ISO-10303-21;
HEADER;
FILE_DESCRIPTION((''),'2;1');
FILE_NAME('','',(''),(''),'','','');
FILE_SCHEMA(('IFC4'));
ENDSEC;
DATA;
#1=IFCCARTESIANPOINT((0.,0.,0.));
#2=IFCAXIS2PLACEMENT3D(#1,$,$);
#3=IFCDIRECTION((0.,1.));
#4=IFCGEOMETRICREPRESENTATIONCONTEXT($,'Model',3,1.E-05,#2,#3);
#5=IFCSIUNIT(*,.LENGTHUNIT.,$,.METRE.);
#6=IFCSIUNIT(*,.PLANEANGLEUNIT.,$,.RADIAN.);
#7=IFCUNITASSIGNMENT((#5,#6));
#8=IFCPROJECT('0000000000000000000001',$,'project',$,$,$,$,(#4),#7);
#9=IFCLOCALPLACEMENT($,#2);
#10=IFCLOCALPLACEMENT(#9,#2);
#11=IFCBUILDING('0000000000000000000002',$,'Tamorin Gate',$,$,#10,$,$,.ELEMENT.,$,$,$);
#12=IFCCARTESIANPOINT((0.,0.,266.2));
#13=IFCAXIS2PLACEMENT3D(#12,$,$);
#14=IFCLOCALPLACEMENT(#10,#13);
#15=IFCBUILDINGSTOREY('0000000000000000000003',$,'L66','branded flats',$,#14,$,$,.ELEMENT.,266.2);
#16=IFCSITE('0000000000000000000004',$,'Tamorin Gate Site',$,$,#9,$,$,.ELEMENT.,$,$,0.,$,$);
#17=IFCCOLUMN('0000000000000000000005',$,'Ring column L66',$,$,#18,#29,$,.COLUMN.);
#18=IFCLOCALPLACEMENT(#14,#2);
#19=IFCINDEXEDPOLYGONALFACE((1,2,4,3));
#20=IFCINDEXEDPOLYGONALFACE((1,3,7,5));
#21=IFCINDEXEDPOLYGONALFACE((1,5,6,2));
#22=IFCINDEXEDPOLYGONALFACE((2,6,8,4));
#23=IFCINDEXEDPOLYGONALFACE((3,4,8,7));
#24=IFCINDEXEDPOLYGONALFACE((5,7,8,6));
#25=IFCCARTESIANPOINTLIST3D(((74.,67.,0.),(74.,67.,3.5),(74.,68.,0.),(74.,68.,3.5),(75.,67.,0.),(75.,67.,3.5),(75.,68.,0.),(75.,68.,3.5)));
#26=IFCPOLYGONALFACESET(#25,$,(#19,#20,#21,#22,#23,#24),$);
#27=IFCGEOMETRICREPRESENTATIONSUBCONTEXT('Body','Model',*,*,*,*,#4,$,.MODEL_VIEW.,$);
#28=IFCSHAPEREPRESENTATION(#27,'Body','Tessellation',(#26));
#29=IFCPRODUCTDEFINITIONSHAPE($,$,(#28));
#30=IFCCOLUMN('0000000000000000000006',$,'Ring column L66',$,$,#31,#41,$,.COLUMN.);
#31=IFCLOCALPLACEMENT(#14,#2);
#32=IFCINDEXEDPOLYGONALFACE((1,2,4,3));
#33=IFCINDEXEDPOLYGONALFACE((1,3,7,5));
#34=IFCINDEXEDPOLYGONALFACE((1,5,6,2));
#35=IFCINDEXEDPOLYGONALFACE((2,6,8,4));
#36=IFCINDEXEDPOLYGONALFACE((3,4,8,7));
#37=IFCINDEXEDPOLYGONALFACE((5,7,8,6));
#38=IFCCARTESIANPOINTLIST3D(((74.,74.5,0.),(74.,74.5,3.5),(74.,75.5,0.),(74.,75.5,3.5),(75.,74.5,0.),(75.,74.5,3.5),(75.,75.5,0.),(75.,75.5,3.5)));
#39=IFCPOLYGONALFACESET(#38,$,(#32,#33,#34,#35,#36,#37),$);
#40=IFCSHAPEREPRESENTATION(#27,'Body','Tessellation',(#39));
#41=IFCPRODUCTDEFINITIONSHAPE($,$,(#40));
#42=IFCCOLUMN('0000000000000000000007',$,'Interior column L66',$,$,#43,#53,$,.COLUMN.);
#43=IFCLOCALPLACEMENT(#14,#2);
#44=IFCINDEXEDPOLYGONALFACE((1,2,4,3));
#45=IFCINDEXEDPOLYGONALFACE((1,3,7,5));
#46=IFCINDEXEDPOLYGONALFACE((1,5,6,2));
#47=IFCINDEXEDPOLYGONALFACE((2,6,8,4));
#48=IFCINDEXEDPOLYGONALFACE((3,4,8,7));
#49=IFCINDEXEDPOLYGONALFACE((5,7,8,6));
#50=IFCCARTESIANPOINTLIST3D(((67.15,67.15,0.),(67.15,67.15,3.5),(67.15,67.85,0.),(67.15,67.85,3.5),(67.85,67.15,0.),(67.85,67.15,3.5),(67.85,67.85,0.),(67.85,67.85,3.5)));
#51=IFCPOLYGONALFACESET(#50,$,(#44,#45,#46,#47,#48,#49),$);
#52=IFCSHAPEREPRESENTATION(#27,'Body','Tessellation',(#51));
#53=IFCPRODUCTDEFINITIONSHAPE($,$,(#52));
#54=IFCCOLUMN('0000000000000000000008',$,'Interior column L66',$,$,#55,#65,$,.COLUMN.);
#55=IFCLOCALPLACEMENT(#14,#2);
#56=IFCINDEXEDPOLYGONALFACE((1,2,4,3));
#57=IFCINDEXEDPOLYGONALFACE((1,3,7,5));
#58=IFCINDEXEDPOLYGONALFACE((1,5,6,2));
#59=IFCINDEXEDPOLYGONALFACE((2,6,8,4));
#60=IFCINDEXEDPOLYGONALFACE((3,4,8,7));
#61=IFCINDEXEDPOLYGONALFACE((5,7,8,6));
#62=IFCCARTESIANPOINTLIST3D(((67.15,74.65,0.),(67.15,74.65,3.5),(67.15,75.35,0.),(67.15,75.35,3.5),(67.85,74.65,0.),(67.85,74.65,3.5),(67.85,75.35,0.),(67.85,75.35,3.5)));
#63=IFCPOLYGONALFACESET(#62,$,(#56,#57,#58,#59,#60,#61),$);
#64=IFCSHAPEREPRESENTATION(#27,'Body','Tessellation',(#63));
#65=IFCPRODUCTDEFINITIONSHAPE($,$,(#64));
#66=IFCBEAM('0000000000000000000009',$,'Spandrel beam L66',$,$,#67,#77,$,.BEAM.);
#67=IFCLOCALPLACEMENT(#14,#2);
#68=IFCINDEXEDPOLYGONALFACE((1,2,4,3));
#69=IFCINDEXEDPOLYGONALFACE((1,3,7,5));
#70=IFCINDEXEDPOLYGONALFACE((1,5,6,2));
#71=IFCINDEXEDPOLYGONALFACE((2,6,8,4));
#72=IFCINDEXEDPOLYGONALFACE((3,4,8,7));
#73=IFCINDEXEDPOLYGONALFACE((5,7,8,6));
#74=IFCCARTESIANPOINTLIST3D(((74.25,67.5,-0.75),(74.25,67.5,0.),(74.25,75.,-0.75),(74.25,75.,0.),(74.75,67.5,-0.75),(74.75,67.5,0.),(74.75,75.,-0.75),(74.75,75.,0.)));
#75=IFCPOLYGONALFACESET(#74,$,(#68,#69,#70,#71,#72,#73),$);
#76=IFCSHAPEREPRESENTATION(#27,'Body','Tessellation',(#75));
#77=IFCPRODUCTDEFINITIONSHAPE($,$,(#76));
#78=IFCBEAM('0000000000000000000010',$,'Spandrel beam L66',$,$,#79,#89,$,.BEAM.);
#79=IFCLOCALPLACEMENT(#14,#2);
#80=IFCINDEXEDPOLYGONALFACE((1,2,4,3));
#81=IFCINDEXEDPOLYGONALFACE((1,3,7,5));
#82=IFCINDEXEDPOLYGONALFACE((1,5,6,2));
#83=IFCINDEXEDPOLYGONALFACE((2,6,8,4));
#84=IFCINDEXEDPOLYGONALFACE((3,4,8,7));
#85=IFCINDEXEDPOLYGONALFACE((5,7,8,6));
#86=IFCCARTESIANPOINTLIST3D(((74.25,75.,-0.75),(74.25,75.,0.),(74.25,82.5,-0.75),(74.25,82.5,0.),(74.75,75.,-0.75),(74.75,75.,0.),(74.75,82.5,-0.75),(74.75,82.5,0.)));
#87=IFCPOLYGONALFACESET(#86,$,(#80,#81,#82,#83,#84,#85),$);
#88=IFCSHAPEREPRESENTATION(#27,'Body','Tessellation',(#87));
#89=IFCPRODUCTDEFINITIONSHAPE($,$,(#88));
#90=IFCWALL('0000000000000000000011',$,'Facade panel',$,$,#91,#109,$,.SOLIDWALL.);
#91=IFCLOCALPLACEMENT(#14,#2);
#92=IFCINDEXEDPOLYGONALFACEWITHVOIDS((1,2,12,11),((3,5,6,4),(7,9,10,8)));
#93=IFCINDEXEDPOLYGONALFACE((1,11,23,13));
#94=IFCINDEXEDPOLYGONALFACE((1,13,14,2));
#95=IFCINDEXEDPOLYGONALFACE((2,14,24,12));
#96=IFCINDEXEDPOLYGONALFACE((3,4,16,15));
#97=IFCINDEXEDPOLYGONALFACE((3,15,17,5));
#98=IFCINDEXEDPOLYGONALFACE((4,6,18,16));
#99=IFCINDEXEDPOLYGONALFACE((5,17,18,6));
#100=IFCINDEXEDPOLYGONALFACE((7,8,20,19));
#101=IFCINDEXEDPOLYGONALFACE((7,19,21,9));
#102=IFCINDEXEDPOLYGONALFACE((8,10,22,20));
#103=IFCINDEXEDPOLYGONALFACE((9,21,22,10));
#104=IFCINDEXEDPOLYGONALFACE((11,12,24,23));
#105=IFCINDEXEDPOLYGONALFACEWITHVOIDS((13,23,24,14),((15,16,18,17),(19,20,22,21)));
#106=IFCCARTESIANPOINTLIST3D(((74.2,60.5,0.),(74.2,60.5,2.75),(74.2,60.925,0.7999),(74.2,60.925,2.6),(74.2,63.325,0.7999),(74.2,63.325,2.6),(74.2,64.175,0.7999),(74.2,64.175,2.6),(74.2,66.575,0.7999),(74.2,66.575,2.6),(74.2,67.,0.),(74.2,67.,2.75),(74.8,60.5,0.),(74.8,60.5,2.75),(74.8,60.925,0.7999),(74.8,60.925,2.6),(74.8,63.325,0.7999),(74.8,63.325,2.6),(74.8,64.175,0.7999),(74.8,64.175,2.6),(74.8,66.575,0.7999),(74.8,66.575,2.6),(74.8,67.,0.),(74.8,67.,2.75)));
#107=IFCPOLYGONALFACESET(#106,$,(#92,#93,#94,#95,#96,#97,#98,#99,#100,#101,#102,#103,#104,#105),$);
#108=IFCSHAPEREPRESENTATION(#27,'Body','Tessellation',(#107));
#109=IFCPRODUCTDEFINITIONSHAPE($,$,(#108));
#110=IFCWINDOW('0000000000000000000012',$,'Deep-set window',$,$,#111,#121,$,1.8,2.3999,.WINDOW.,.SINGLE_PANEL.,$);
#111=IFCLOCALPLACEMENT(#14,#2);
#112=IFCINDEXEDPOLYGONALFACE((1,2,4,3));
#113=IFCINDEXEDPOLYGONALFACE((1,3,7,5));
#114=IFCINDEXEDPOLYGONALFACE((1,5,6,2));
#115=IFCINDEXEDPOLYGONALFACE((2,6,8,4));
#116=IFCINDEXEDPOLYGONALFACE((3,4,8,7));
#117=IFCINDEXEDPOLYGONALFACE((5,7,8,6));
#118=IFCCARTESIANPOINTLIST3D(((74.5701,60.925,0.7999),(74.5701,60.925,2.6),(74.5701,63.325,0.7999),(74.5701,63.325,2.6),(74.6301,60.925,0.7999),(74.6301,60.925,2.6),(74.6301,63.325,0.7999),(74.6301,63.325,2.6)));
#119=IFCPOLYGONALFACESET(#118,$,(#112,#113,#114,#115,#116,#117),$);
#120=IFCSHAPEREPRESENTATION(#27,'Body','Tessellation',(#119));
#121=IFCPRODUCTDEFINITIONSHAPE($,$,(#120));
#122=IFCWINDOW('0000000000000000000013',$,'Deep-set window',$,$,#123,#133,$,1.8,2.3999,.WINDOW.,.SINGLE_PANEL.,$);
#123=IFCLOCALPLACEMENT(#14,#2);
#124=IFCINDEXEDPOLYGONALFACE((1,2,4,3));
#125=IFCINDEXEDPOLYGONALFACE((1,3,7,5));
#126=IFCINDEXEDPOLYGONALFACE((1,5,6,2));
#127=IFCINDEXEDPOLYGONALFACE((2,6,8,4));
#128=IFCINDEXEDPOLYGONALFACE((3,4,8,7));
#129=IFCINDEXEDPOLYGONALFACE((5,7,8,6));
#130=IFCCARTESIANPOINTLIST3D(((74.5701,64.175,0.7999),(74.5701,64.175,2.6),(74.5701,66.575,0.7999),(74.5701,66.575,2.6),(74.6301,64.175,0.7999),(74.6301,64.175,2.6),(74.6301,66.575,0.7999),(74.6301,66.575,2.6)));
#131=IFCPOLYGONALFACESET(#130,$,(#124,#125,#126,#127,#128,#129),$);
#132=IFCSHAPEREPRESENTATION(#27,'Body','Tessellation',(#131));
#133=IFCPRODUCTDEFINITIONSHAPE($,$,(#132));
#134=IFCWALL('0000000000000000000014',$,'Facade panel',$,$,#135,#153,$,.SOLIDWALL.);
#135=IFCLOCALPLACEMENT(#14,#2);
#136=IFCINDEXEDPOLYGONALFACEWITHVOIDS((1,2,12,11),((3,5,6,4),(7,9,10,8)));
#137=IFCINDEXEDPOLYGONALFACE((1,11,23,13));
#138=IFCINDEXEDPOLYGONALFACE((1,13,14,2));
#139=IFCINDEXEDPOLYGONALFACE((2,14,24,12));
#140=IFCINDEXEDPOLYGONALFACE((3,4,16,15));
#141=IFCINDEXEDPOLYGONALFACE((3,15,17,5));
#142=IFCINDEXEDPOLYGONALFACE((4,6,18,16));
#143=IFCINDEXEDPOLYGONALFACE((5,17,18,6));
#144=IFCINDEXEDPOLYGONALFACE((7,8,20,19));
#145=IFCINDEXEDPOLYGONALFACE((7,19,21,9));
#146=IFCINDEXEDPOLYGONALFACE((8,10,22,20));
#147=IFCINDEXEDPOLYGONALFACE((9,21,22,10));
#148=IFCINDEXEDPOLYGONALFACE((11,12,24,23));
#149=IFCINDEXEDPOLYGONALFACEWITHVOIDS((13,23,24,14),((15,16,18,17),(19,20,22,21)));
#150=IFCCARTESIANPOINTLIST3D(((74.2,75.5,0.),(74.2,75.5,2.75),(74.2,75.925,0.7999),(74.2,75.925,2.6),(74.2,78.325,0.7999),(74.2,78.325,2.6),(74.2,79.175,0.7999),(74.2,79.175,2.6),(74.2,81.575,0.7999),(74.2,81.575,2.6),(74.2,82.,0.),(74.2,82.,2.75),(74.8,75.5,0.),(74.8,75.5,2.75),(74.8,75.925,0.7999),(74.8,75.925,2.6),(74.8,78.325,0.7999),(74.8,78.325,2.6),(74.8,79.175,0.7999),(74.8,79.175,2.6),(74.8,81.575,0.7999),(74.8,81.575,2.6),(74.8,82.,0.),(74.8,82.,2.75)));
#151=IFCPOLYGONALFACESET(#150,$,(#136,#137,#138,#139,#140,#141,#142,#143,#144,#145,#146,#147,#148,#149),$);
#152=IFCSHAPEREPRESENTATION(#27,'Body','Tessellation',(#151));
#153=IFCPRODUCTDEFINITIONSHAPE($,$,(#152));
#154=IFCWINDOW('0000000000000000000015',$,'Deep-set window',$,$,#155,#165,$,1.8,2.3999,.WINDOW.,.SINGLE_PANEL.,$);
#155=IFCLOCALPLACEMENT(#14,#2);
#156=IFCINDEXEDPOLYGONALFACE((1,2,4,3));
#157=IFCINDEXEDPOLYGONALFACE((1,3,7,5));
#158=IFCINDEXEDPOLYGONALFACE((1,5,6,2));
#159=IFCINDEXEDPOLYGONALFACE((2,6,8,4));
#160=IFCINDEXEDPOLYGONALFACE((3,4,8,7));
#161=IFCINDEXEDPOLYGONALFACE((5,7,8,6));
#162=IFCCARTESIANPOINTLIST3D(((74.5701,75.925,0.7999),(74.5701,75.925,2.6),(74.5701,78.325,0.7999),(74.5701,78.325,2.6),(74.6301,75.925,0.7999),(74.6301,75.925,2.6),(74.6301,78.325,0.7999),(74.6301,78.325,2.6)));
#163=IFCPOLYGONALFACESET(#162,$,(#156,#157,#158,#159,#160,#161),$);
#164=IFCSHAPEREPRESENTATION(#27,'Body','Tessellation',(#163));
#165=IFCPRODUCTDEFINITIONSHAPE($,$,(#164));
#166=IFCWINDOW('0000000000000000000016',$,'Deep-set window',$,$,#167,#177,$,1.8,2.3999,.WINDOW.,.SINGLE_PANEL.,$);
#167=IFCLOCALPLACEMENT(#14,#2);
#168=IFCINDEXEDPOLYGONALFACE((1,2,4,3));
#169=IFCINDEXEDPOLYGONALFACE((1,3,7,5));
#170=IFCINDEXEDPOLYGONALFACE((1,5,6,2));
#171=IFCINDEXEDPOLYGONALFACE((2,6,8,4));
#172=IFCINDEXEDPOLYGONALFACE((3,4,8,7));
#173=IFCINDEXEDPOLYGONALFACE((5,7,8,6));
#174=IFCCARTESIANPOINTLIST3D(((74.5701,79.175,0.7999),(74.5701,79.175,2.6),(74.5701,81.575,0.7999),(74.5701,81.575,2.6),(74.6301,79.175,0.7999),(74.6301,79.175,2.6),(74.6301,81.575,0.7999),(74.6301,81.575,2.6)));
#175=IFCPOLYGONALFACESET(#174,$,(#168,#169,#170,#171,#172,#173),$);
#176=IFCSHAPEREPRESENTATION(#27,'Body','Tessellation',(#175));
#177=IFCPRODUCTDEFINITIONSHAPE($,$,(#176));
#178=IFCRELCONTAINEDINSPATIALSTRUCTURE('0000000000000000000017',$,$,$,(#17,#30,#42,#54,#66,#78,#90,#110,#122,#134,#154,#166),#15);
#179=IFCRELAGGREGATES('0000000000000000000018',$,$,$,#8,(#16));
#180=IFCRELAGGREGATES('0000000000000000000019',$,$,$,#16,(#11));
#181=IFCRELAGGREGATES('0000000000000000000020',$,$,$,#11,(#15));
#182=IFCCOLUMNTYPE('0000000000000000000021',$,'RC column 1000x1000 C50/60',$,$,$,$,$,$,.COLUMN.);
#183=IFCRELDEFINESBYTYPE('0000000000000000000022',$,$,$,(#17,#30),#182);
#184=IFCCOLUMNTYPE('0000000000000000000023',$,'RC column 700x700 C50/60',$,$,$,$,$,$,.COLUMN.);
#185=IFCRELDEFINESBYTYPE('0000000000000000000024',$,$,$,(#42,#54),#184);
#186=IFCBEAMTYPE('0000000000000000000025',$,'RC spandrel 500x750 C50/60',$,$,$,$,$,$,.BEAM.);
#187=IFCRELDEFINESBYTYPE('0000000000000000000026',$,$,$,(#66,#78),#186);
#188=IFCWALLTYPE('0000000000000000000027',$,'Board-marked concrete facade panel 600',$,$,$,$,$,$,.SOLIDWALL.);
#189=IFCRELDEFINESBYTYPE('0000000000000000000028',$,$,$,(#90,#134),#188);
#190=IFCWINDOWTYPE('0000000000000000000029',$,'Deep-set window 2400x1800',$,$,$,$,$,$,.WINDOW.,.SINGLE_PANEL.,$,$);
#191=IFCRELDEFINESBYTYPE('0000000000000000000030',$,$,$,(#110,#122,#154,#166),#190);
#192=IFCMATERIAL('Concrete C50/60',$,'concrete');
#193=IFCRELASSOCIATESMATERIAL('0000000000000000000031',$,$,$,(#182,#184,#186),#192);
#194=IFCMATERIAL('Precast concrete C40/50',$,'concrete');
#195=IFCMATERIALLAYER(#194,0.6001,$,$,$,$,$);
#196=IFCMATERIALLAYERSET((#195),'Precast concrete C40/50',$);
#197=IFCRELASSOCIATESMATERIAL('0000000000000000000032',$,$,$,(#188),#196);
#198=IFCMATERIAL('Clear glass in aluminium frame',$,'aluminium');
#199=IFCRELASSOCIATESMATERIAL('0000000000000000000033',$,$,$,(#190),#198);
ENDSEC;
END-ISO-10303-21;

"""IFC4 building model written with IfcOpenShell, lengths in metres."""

from ifc_helpers import new_model, si_unit, direction, frame, frame_2d, origin, origin_2d, place, context, subcontext, project, spatial, rectangle, extrude, material, layer, layer_set, material_profile, profile_set, type_object, element, fill, save


model = new_model("IFC4")

# Units and contexts
model_context = context("Model", 3, precision=1e-05, world=origin(), true_north=direction((0.0, 1.0)))
body_context = subcontext(model_context, "Body", "Model", "MODEL_VIEW")
ifc_project = project(units=[si_unit("LENGTHUNIT", "METRE"), si_unit("PLANEANGLEUNIT", "RADIAN")], contexts=[model_context])

# Site, building, storey
site_placement = place(None, origin())
site = spatial("IfcSite", under=ifc_project, at=site_placement, Name="Tamorin Gate Site", CompositionType="ELEMENT", RefElevation=0.0)
building_placement = place(site_placement, origin())
building = spatial("IfcBuilding", under=site, at=building_placement, Name="Tamorin Gate", CompositionType="ELEMENT")
storey_placement = place(building_placement, frame((0.0, 0.0, 266.2)))
storey = spatial("IfcBuildingStorey", under=building, at=storey_placement, Name="L66", Description="branded flats", CompositionType="ELEMENT", Elevation=266.2)

# Columns
ifc_material_1 = material(Name="Concrete C50/60", Category="concrete")
ifc_material_profile_1 = material_profile(ifc_material_1, rectangle(XDim=1.0, YDim=1.0, at=origin_2d()), Name="RC 1000x1000")
ifc_profile_set_1 = profile_set([ifc_material_profile_1], Name="Concrete C50/60")
column_type_1 = type_object("IfcColumnType", Name="RC column 1000x1000 C50/60", PredefinedType="COLUMN", material=ifc_profile_set_1)
for number, where, z_axis, x_axis, name in (
    (1, (74.5, 67.5, 0.0), (0.0, 0.0, 1.0), (1.0, 0.0, 0.0), "Ring column L66"),
    (2, (74.5, 75.0, 0.0), (0.0, 0.0, 1.0), (1.0, 0.0, 0.0), "Ring column L66"),
):
    element("IfcColumn", number, at=place(storey_placement, frame(where, z_axis=z_axis, x_axis=x_axis)), inside=storey, type_object=column_type_1, Name=name, PredefinedType="COLUMN", context=body_context, shape_type="SweptSolid", body=[
        extrude(rectangle(XDim=1.0, YDim=1.0, at=origin_2d()), origin(), (0.0, 0.0, 1.0), 3.5),
    ])
ifc_material_profile_2 = material_profile(ifc_material_1, rectangle(XDim=0.7, YDim=0.7, at=origin_2d()), Name="RC 700x700")
ifc_profile_set_2 = profile_set([ifc_material_profile_2], Name="Concrete C50/60")
column_type_2 = type_object("IfcColumnType", Name="RC column 700x700 C50/60", PredefinedType="COLUMN", material=ifc_profile_set_2)
for number, where, z_axis, x_axis, name in (
    (3, (67.5, 67.5, 0.0), (0.0, 0.0, 1.0), (1.0, 0.0, 0.0), "Interior column L66"),
    (4, (67.5, 75.0, 0.0), (0.0, 0.0, 1.0), (1.0, 0.0, 0.0), "Interior column L66"),
):
    element("IfcColumn", number, at=place(storey_placement, frame(where, z_axis=z_axis, x_axis=x_axis)), inside=storey, type_object=column_type_2, Name=name, PredefinedType="COLUMN", context=body_context, shape_type="SweptSolid", body=[
        extrude(rectangle(XDim=0.7, YDim=0.7, at=origin_2d()), origin(), (0.0, 0.0, 1.0), 3.5),
    ])

# Beams
ifc_material_profile_3 = material_profile(ifc_material_1, rectangle(XDim=0.5, YDim=0.75, at=origin_2d()), Name="RC 500x750")
ifc_profile_set_3 = profile_set([ifc_material_profile_3], Name="Concrete C50/60")
beam_type = type_object("IfcBeamType", Name="RC spandrel 500x750 C50/60", PredefinedType="BEAM", material=ifc_profile_set_3)
for number, where, z_axis, x_axis, name in (
    (5, (74.5, 67.5, -0.375), (0.0, 1.0, 0.0), (-1.0, 0.0, 0.0), "Spandrel beam L66"),
    (6, (74.5, 75.0, -0.375), (0.0, 1.0, 0.0), (-1.0, 0.0, 0.0), "Spandrel beam L66"),
):
    element("IfcBeam", number, at=place(storey_placement, frame(where, z_axis=z_axis, x_axis=x_axis)), inside=storey, type_object=beam_type, Name=name, PredefinedType="BEAM", context=body_context, shape_type="SweptSolid", body=[
        extrude(rectangle(XDim=0.5, YDim=0.75, at=origin_2d()), origin(), (0.0, 0.0, 1.0), 7.5),
    ])

# Wall, openings, windows
ifc_material_2 = material(Name="Precast concrete C40/50", Category="concrete")
ifc_layer_1 = layer(ifc_material_2, 0.6001)
ifc_layer_set_1 = layer_set([ifc_layer_1], Name="Precast concrete C40/50")
wall_type_1 = type_object("IfcWallType", Name="Board-marked concrete facade panel 600", PredefinedType="SOLIDWALL", material=ifc_layer_set_1)
wall_1_placement = place(storey_placement, frame((74.5, 60.5, 0.0), z_axis=(0.0, 0.0, 1.0), x_axis=(0.0, 1.0, 0.0)))
wall_1 = element("IfcWall", 7, at=wall_1_placement, inside=storey, type_object=wall_type_1, Name="Facade panel", PredefinedType="SOLIDWALL", context=body_context, shape_type="SweptSolid", body=[
    extrude(rectangle(XDim=6.5, YDim=0.6001, at=frame_2d((3.25, 0.0))), origin(), (0.0, 0.0, 1.0), 2.75),
])
opening_1_placement = place(wall_1_placement, frame((0.425, 0.0, 0.8)))
opening_1 = element("IfcOpeningElement", 8, at=opening_1_placement, cuts=wall_1, PredefinedType="OPENING", context=body_context, shape_type="SweptSolid", body=[
    extrude(rectangle(XDim=2.3999, YDim=1.8, at=frame_2d((1.2, 0.8999))), frame((0.0, 0.3101, 0.0), z_axis=(0.0, -1.0, 0.0), x_axis=(1.0, 0.0, 0.0)), (0.0, 0.0, 1.0), 0.6201),
])
opening_2_placement = place(wall_1_placement, frame((3.675, 0.0, 0.8)))
opening_2 = element("IfcOpeningElement", 9, at=opening_2_placement, cuts=wall_1, PredefinedType="OPENING", context=body_context, shape_type="SweptSolid", body=[
    extrude(rectangle(XDim=2.3999, YDim=1.8, at=frame_2d((1.2, 0.8999))), frame((0.0, 0.3101, 0.0), z_axis=(0.0, -1.0, 0.0), x_axis=(1.0, 0.0, 0.0)), (0.0, 0.0, 1.0), 0.6201),
])
ifc_material_3 = material(Name="Clear glass in aluminium frame", Category="aluminium")
window_type = type_object("IfcWindowType", Name="Deep-set window 2400x1800", PartitioningType="SINGLE_PANEL", PredefinedType="WINDOW", material=ifc_material_3)
window_1_placement = place(opening_1_placement, origin())
window_1 = element("IfcWindow", 10, at=window_1_placement, inside=storey, type_object=window_type, Name="Deep-set window", OverallHeight=1.8, OverallWidth=2.3999, PartitioningType="SINGLE_PANEL", PredefinedType="WINDOW", context=body_context, shape_type="SweptSolid", body=[
    extrude(rectangle(XDim=2.3999, YDim=1.8, at=frame_2d((1.2, 0.8999))), frame((0.0, -0.0701, 0.0), z_axis=(0.0, -1.0, 0.0), x_axis=(1.0, 0.0, 0.0)), (0.0, 0.0, 1.0), 0.0601),
])
fill(opening_1, window_1)
window_2_placement = place(opening_2_placement, origin())
window_2 = element("IfcWindow", 11, at=window_2_placement, inside=storey, type_object=window_type, Name="Deep-set window", OverallHeight=1.8, OverallWidth=2.3999, PartitioningType="SINGLE_PANEL", PredefinedType="WINDOW", context=body_context, shape_type="SweptSolid", body=[
    extrude(rectangle(XDim=2.3999, YDim=1.8, at=frame_2d((1.2, 0.8999))), frame((0.0, -0.0701, 0.0), z_axis=(0.0, -1.0, 0.0), x_axis=(1.0, 0.0, 0.0)), (0.0, 0.0, 1.0), 0.0601),
])
fill(opening_2, window_2)

# Wall, openings, windows
wall_2_placement = place(storey_placement, frame((74.5, 75.5, 0.0), z_axis=(0.0, 0.0, 1.0), x_axis=(0.0, 1.0, 0.0)))
wall_2 = element("IfcWall", 12, at=wall_2_placement, inside=storey, type_object=wall_type_1, Name="Facade panel", PredefinedType="SOLIDWALL", context=body_context, shape_type="SweptSolid", body=[
    extrude(rectangle(XDim=6.5, YDim=0.6001, at=frame_2d((3.25, 0.0))), origin(), (0.0, 0.0, 1.0), 2.75),
])
opening_3_placement = place(wall_2_placement, frame((0.425, 0.0, 0.8)))
opening_3 = element("IfcOpeningElement", 13, at=opening_3_placement, cuts=wall_2, PredefinedType="OPENING", context=body_context, shape_type="SweptSolid", body=[
    extrude(rectangle(XDim=2.3999, YDim=1.8, at=frame_2d((1.2, 0.8999))), frame((0.0, 0.3101, 0.0), z_axis=(0.0, -1.0, 0.0), x_axis=(1.0, 0.0, 0.0)), (0.0, 0.0, 1.0), 0.6201),
])
opening_4_placement = place(wall_2_placement, frame((3.675, 0.0, 0.8)))
opening_4 = element("IfcOpeningElement", 14, at=opening_4_placement, cuts=wall_2, PredefinedType="OPENING", context=body_context, shape_type="SweptSolid", body=[
    extrude(rectangle(XDim=2.3999, YDim=1.8, at=frame_2d((1.2, 0.8999))), frame((0.0, 0.3101, 0.0), z_axis=(0.0, -1.0, 0.0), x_axis=(1.0, 0.0, 0.0)), (0.0, 0.0, 1.0), 0.6201),
])
window_3_placement = place(opening_3_placement, origin())
window_3 = element("IfcWindow", 15, at=window_3_placement, inside=storey, type_object=window_type, Name="Deep-set window", OverallHeight=1.8, OverallWidth=2.3999, PartitioningType="SINGLE_PANEL", PredefinedType="WINDOW", context=body_context, shape_type="SweptSolid", body=[
    extrude(rectangle(XDim=2.3999, YDim=1.8, at=frame_2d((1.2, 0.8999))), frame((0.0, -0.0701, 0.0), z_axis=(0.0, -1.0, 0.0), x_axis=(1.0, 0.0, 0.0)), (0.0, 0.0, 1.0), 0.0601),
])
fill(opening_3, window_3)
window_4_placement = place(opening_4_placement, origin())
window_4 = element("IfcWindow", 16, at=window_4_placement, inside=storey, type_object=window_type, Name="Deep-set window", OverallHeight=1.8, OverallWidth=2.3999, PartitioningType="SINGLE_PANEL", PredefinedType="WINDOW", context=body_context, shape_type="SweptSolid", body=[
    extrude(rectangle(XDim=2.3999, YDim=1.8, at=frame_2d((1.2, 0.8999))), frame((0.0, -0.0701, 0.0), z_axis=(0.0, -1.0, 0.0), x_axis=(1.0, 0.0, 0.0)), (0.0, 0.0, 1.0), 0.0601),
])
fill(opening_4, window_4)

save(model, "model.ifc")
